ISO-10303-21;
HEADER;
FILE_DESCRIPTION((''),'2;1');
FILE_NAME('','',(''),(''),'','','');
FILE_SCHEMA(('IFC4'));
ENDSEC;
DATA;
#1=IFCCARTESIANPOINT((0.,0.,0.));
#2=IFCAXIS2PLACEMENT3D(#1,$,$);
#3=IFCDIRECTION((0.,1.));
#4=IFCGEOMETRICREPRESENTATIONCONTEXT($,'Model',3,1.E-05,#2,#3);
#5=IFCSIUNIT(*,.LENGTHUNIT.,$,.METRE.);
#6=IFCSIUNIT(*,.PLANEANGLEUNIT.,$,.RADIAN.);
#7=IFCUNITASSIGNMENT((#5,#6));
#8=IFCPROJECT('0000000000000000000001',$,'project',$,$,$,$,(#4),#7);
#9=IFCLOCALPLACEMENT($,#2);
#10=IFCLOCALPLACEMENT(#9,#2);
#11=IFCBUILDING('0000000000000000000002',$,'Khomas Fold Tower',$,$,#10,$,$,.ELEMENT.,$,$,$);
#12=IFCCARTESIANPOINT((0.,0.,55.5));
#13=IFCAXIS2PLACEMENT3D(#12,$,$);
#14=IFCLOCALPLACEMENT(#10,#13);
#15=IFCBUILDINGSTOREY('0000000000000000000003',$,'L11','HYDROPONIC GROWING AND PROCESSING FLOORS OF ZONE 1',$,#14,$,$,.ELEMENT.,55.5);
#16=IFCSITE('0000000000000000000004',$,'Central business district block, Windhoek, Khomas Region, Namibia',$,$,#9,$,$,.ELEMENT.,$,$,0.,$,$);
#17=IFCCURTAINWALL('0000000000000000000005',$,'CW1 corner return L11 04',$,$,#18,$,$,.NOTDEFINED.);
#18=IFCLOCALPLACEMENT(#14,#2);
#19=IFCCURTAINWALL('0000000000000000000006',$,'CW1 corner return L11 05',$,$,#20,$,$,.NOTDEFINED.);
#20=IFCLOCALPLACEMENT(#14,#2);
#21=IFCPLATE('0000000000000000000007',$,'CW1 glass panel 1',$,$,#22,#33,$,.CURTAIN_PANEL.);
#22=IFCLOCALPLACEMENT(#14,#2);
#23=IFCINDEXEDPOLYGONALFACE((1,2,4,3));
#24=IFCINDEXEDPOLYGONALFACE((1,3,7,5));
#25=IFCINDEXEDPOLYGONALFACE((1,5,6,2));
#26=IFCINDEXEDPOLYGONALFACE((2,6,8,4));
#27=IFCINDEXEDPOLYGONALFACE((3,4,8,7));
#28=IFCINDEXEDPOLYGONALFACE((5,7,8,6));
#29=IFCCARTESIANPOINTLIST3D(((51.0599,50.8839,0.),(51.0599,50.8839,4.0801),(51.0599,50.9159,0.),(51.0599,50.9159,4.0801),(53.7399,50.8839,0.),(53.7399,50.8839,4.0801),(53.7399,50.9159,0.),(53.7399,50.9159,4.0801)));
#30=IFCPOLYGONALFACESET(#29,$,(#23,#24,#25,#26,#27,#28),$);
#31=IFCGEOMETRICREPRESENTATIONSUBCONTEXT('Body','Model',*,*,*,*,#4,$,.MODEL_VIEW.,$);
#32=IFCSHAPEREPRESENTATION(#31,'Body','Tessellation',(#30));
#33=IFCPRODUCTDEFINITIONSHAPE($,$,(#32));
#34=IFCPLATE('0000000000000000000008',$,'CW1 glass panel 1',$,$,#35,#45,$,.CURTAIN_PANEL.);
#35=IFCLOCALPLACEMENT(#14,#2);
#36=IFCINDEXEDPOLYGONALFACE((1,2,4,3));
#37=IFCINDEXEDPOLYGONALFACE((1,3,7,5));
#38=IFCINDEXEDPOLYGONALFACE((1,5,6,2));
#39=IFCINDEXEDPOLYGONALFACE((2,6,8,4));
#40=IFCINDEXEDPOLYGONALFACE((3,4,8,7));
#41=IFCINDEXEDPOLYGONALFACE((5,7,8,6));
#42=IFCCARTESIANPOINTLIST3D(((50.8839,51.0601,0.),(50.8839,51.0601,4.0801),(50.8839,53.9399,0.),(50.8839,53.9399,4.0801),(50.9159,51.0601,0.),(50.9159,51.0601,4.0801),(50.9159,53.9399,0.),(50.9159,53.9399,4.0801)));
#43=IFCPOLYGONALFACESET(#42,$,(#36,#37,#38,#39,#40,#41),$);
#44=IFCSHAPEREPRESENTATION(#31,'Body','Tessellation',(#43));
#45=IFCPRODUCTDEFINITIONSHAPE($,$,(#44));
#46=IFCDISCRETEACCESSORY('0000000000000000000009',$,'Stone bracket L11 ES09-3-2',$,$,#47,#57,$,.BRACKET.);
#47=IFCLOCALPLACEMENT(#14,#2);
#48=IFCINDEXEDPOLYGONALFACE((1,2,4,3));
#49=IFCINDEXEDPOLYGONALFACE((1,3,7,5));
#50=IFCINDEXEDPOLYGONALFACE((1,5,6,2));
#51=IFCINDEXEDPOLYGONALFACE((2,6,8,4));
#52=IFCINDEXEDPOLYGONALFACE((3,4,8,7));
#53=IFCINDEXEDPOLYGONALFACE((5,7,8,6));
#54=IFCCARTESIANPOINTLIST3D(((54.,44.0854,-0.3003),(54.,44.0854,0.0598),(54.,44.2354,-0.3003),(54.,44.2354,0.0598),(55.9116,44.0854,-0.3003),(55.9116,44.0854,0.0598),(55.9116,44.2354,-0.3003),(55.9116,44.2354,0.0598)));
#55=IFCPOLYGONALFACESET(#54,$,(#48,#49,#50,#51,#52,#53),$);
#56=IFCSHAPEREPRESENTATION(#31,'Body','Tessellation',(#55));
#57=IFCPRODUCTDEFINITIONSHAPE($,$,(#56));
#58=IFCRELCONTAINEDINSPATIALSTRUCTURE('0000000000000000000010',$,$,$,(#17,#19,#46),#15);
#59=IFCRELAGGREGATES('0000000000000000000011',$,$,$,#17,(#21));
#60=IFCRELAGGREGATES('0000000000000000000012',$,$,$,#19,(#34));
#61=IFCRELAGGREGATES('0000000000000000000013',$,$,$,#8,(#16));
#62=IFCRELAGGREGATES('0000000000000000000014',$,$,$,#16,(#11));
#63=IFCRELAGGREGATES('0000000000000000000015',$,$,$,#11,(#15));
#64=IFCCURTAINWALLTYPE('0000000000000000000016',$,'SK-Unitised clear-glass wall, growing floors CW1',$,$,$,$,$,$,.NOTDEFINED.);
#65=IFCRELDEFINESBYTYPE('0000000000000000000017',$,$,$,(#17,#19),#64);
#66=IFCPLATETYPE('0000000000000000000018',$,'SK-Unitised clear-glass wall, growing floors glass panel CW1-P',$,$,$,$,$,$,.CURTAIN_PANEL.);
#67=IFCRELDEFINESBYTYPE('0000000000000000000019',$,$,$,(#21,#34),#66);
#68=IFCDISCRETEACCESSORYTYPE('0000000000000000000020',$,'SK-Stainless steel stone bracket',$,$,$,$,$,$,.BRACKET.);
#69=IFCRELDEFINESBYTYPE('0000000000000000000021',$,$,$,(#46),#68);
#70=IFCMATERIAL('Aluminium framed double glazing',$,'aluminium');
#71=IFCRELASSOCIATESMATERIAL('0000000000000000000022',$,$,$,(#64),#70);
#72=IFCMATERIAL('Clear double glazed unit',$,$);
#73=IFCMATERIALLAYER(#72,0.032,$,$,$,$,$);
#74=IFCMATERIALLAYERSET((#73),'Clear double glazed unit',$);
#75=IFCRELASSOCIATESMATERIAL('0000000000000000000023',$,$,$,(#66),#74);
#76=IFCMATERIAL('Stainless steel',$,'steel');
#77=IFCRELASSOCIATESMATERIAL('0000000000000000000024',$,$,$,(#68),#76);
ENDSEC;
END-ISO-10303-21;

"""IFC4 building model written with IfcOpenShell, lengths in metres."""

from ifc_helpers import new_model, si_unit, direction, frame, origin, origin_2d, place, context, subcontext, project, spatial, rectangle, extrude, source, transform, mapped, material, layer, layer_set, type_object, element, aggregate, save


model = new_model("IFC4")

# Units and contexts
model_context = context("Model", 3, precision=1e-05, world=origin(), true_north=direction((0.0, 1.0)))
body_context = subcontext(model_context, "Body", "Model", "MODEL_VIEW")
ifc_project = project(units=[si_unit("LENGTHUNIT", "METRE"), si_unit("PLANEANGLEUNIT", "RADIAN")], contexts=[model_context])

# Site, building, storey
site_placement = place(None, origin())
site = spatial("IfcSite", under=ifc_project, at=site_placement, Name="Central business district block, Windhoek, Khomas Region, Namibia", CompositionType="ELEMENT", RefElevation=0.0)
building_placement = place(site_placement, origin())
building = spatial("IfcBuilding", under=site, at=building_placement, Name="Khomas Fold Tower", CompositionType="ELEMENT")
storey_placement = place(building_placement, frame((0.0, 0.0, 55.5)))
storey = spatial("IfcBuildingStorey", under=building, at=storey_placement, Name="L11", Description="HYDROPONIC GROWING AND PROCESSING FLOORS OF ZONE 1", CompositionType="ELEMENT", Elevation=55.5)

# Shared definitions
ifc_material_1 = material(Name="Aluminium framed double glazing", Category="aluminium")
curtain_wall_type = type_object("IfcCurtainWallType", Name="SK-Unitised clear-glass wall, growing floors CW1", PredefinedType="NOTDEFINED", material=ifc_material_1)

# Curtain walls
curtain_wall_1_placement = place(storey_placement, origin())
curtain_wall_1 = element("IfcCurtainWall", 1, at=curtain_wall_1_placement, inside=storey, type_object=curtain_wall_type, Name="CW1 corner return L11 04", PredefinedType="NOTDEFINED")
curtain_wall_2_placement = place(storey_placement, origin())
curtain_wall_2 = element("IfcCurtainWall", 2, at=curtain_wall_2_placement, inside=storey, type_object=curtain_wall_type, Name="CW1 corner return L11 05", PredefinedType="NOTDEFINED")

# Plates
ifc_material_2 = material(Name="Clear double glazed unit")
ifc_layer = layer(ifc_material_2, 0.032)
ifc_layer_set = layer_set([ifc_layer], Name="Clear double glazed unit")
plate_type = type_object("IfcPlateType", Name="SK-Unitised clear-glass wall, growing floors glass panel CW1-P", PredefinedType="CURTAIN_PANEL", material=ifc_layer_set)
shared_shape_1 = source(origin(), body_context, "Body", "SweptSolid", [
    extrude(rectangle(XDim=2.6799, YDim=0.032, at=origin_2d()), origin(), (0.0, 0.0, 1.0), 4.0801),
])
plate_1_placement = place(storey_placement, frame((52.3999, 50.8999, 0.0), z_axis=(0.0, 0.0, 1.0), x_axis=(-1.0, 0.0, 0.0)))
plate_1 = element("IfcPlate", 3, at=plate_1_placement, type_object=plate_type, Name="CW1 glass panel 1", PredefinedType="CURTAIN_PANEL", context=body_context, shape_type="MappedRepresentation", body=[
    mapped(shared_shape_1, transform((0.0, 0.0, 0.0))),
])
aggregate(curtain_wall_1, [plate_1])
shared_shape_2 = source(origin(), body_context, "Body", "SweptSolid", [
    extrude(rectangle(XDim=2.8799, YDim=0.032, at=origin_2d()), origin(), (0.0, 0.0, 1.0), 4.0801),
])
plate_2_placement = place(storey_placement, frame((50.8999, 52.5, 0.0), z_axis=(0.0, 0.0, 1.0), x_axis=(0.0, 1.0, 0.0)))
plate_2 = element("IfcPlate", 4, at=plate_2_placement, type_object=plate_type, Name="CW1 glass panel 1", PredefinedType="CURTAIN_PANEL", context=body_context, shape_type="MappedRepresentation", body=[
    mapped(shared_shape_2, transform((0.0, 0.0, 0.0))),
])
aggregate(curtain_wall_2, [plate_2])

# Discrete accessory
ifc_material_3 = material(Name="Stainless steel", Category="steel")
discrete_accessory_type = type_object("IfcDiscreteAccessoryType", Name="SK-Stainless steel stone bracket", PredefinedType="BRACKET", material=ifc_material_3)
shared_shape_3 = source(origin(), body_context, "Body", "SweptSolid", [
    extrude(rectangle(XDim=1.9116, YDim=0.1499, at=origin_2d()), origin(), (0.0, 0.0, 1.0), 0.3601),
])
discrete_accessory_placement = place(storey_placement, frame((54.9558, 44.1604, -0.3003), z_axis=(0.0, 0.0, 1.0), x_axis=(1.0, 0.0, 0.0)))
element("IfcDiscreteAccessory", 5, at=discrete_accessory_placement, inside=storey, type_object=discrete_accessory_type, Name="Stone bracket L11 ES09-3-2", PredefinedType="BRACKET", context=body_context, shape_type="MappedRepresentation", body=[
    mapped(shared_shape_3, transform((0.0, 0.0, 0.0))),
])

save(model, "model.ifc")
